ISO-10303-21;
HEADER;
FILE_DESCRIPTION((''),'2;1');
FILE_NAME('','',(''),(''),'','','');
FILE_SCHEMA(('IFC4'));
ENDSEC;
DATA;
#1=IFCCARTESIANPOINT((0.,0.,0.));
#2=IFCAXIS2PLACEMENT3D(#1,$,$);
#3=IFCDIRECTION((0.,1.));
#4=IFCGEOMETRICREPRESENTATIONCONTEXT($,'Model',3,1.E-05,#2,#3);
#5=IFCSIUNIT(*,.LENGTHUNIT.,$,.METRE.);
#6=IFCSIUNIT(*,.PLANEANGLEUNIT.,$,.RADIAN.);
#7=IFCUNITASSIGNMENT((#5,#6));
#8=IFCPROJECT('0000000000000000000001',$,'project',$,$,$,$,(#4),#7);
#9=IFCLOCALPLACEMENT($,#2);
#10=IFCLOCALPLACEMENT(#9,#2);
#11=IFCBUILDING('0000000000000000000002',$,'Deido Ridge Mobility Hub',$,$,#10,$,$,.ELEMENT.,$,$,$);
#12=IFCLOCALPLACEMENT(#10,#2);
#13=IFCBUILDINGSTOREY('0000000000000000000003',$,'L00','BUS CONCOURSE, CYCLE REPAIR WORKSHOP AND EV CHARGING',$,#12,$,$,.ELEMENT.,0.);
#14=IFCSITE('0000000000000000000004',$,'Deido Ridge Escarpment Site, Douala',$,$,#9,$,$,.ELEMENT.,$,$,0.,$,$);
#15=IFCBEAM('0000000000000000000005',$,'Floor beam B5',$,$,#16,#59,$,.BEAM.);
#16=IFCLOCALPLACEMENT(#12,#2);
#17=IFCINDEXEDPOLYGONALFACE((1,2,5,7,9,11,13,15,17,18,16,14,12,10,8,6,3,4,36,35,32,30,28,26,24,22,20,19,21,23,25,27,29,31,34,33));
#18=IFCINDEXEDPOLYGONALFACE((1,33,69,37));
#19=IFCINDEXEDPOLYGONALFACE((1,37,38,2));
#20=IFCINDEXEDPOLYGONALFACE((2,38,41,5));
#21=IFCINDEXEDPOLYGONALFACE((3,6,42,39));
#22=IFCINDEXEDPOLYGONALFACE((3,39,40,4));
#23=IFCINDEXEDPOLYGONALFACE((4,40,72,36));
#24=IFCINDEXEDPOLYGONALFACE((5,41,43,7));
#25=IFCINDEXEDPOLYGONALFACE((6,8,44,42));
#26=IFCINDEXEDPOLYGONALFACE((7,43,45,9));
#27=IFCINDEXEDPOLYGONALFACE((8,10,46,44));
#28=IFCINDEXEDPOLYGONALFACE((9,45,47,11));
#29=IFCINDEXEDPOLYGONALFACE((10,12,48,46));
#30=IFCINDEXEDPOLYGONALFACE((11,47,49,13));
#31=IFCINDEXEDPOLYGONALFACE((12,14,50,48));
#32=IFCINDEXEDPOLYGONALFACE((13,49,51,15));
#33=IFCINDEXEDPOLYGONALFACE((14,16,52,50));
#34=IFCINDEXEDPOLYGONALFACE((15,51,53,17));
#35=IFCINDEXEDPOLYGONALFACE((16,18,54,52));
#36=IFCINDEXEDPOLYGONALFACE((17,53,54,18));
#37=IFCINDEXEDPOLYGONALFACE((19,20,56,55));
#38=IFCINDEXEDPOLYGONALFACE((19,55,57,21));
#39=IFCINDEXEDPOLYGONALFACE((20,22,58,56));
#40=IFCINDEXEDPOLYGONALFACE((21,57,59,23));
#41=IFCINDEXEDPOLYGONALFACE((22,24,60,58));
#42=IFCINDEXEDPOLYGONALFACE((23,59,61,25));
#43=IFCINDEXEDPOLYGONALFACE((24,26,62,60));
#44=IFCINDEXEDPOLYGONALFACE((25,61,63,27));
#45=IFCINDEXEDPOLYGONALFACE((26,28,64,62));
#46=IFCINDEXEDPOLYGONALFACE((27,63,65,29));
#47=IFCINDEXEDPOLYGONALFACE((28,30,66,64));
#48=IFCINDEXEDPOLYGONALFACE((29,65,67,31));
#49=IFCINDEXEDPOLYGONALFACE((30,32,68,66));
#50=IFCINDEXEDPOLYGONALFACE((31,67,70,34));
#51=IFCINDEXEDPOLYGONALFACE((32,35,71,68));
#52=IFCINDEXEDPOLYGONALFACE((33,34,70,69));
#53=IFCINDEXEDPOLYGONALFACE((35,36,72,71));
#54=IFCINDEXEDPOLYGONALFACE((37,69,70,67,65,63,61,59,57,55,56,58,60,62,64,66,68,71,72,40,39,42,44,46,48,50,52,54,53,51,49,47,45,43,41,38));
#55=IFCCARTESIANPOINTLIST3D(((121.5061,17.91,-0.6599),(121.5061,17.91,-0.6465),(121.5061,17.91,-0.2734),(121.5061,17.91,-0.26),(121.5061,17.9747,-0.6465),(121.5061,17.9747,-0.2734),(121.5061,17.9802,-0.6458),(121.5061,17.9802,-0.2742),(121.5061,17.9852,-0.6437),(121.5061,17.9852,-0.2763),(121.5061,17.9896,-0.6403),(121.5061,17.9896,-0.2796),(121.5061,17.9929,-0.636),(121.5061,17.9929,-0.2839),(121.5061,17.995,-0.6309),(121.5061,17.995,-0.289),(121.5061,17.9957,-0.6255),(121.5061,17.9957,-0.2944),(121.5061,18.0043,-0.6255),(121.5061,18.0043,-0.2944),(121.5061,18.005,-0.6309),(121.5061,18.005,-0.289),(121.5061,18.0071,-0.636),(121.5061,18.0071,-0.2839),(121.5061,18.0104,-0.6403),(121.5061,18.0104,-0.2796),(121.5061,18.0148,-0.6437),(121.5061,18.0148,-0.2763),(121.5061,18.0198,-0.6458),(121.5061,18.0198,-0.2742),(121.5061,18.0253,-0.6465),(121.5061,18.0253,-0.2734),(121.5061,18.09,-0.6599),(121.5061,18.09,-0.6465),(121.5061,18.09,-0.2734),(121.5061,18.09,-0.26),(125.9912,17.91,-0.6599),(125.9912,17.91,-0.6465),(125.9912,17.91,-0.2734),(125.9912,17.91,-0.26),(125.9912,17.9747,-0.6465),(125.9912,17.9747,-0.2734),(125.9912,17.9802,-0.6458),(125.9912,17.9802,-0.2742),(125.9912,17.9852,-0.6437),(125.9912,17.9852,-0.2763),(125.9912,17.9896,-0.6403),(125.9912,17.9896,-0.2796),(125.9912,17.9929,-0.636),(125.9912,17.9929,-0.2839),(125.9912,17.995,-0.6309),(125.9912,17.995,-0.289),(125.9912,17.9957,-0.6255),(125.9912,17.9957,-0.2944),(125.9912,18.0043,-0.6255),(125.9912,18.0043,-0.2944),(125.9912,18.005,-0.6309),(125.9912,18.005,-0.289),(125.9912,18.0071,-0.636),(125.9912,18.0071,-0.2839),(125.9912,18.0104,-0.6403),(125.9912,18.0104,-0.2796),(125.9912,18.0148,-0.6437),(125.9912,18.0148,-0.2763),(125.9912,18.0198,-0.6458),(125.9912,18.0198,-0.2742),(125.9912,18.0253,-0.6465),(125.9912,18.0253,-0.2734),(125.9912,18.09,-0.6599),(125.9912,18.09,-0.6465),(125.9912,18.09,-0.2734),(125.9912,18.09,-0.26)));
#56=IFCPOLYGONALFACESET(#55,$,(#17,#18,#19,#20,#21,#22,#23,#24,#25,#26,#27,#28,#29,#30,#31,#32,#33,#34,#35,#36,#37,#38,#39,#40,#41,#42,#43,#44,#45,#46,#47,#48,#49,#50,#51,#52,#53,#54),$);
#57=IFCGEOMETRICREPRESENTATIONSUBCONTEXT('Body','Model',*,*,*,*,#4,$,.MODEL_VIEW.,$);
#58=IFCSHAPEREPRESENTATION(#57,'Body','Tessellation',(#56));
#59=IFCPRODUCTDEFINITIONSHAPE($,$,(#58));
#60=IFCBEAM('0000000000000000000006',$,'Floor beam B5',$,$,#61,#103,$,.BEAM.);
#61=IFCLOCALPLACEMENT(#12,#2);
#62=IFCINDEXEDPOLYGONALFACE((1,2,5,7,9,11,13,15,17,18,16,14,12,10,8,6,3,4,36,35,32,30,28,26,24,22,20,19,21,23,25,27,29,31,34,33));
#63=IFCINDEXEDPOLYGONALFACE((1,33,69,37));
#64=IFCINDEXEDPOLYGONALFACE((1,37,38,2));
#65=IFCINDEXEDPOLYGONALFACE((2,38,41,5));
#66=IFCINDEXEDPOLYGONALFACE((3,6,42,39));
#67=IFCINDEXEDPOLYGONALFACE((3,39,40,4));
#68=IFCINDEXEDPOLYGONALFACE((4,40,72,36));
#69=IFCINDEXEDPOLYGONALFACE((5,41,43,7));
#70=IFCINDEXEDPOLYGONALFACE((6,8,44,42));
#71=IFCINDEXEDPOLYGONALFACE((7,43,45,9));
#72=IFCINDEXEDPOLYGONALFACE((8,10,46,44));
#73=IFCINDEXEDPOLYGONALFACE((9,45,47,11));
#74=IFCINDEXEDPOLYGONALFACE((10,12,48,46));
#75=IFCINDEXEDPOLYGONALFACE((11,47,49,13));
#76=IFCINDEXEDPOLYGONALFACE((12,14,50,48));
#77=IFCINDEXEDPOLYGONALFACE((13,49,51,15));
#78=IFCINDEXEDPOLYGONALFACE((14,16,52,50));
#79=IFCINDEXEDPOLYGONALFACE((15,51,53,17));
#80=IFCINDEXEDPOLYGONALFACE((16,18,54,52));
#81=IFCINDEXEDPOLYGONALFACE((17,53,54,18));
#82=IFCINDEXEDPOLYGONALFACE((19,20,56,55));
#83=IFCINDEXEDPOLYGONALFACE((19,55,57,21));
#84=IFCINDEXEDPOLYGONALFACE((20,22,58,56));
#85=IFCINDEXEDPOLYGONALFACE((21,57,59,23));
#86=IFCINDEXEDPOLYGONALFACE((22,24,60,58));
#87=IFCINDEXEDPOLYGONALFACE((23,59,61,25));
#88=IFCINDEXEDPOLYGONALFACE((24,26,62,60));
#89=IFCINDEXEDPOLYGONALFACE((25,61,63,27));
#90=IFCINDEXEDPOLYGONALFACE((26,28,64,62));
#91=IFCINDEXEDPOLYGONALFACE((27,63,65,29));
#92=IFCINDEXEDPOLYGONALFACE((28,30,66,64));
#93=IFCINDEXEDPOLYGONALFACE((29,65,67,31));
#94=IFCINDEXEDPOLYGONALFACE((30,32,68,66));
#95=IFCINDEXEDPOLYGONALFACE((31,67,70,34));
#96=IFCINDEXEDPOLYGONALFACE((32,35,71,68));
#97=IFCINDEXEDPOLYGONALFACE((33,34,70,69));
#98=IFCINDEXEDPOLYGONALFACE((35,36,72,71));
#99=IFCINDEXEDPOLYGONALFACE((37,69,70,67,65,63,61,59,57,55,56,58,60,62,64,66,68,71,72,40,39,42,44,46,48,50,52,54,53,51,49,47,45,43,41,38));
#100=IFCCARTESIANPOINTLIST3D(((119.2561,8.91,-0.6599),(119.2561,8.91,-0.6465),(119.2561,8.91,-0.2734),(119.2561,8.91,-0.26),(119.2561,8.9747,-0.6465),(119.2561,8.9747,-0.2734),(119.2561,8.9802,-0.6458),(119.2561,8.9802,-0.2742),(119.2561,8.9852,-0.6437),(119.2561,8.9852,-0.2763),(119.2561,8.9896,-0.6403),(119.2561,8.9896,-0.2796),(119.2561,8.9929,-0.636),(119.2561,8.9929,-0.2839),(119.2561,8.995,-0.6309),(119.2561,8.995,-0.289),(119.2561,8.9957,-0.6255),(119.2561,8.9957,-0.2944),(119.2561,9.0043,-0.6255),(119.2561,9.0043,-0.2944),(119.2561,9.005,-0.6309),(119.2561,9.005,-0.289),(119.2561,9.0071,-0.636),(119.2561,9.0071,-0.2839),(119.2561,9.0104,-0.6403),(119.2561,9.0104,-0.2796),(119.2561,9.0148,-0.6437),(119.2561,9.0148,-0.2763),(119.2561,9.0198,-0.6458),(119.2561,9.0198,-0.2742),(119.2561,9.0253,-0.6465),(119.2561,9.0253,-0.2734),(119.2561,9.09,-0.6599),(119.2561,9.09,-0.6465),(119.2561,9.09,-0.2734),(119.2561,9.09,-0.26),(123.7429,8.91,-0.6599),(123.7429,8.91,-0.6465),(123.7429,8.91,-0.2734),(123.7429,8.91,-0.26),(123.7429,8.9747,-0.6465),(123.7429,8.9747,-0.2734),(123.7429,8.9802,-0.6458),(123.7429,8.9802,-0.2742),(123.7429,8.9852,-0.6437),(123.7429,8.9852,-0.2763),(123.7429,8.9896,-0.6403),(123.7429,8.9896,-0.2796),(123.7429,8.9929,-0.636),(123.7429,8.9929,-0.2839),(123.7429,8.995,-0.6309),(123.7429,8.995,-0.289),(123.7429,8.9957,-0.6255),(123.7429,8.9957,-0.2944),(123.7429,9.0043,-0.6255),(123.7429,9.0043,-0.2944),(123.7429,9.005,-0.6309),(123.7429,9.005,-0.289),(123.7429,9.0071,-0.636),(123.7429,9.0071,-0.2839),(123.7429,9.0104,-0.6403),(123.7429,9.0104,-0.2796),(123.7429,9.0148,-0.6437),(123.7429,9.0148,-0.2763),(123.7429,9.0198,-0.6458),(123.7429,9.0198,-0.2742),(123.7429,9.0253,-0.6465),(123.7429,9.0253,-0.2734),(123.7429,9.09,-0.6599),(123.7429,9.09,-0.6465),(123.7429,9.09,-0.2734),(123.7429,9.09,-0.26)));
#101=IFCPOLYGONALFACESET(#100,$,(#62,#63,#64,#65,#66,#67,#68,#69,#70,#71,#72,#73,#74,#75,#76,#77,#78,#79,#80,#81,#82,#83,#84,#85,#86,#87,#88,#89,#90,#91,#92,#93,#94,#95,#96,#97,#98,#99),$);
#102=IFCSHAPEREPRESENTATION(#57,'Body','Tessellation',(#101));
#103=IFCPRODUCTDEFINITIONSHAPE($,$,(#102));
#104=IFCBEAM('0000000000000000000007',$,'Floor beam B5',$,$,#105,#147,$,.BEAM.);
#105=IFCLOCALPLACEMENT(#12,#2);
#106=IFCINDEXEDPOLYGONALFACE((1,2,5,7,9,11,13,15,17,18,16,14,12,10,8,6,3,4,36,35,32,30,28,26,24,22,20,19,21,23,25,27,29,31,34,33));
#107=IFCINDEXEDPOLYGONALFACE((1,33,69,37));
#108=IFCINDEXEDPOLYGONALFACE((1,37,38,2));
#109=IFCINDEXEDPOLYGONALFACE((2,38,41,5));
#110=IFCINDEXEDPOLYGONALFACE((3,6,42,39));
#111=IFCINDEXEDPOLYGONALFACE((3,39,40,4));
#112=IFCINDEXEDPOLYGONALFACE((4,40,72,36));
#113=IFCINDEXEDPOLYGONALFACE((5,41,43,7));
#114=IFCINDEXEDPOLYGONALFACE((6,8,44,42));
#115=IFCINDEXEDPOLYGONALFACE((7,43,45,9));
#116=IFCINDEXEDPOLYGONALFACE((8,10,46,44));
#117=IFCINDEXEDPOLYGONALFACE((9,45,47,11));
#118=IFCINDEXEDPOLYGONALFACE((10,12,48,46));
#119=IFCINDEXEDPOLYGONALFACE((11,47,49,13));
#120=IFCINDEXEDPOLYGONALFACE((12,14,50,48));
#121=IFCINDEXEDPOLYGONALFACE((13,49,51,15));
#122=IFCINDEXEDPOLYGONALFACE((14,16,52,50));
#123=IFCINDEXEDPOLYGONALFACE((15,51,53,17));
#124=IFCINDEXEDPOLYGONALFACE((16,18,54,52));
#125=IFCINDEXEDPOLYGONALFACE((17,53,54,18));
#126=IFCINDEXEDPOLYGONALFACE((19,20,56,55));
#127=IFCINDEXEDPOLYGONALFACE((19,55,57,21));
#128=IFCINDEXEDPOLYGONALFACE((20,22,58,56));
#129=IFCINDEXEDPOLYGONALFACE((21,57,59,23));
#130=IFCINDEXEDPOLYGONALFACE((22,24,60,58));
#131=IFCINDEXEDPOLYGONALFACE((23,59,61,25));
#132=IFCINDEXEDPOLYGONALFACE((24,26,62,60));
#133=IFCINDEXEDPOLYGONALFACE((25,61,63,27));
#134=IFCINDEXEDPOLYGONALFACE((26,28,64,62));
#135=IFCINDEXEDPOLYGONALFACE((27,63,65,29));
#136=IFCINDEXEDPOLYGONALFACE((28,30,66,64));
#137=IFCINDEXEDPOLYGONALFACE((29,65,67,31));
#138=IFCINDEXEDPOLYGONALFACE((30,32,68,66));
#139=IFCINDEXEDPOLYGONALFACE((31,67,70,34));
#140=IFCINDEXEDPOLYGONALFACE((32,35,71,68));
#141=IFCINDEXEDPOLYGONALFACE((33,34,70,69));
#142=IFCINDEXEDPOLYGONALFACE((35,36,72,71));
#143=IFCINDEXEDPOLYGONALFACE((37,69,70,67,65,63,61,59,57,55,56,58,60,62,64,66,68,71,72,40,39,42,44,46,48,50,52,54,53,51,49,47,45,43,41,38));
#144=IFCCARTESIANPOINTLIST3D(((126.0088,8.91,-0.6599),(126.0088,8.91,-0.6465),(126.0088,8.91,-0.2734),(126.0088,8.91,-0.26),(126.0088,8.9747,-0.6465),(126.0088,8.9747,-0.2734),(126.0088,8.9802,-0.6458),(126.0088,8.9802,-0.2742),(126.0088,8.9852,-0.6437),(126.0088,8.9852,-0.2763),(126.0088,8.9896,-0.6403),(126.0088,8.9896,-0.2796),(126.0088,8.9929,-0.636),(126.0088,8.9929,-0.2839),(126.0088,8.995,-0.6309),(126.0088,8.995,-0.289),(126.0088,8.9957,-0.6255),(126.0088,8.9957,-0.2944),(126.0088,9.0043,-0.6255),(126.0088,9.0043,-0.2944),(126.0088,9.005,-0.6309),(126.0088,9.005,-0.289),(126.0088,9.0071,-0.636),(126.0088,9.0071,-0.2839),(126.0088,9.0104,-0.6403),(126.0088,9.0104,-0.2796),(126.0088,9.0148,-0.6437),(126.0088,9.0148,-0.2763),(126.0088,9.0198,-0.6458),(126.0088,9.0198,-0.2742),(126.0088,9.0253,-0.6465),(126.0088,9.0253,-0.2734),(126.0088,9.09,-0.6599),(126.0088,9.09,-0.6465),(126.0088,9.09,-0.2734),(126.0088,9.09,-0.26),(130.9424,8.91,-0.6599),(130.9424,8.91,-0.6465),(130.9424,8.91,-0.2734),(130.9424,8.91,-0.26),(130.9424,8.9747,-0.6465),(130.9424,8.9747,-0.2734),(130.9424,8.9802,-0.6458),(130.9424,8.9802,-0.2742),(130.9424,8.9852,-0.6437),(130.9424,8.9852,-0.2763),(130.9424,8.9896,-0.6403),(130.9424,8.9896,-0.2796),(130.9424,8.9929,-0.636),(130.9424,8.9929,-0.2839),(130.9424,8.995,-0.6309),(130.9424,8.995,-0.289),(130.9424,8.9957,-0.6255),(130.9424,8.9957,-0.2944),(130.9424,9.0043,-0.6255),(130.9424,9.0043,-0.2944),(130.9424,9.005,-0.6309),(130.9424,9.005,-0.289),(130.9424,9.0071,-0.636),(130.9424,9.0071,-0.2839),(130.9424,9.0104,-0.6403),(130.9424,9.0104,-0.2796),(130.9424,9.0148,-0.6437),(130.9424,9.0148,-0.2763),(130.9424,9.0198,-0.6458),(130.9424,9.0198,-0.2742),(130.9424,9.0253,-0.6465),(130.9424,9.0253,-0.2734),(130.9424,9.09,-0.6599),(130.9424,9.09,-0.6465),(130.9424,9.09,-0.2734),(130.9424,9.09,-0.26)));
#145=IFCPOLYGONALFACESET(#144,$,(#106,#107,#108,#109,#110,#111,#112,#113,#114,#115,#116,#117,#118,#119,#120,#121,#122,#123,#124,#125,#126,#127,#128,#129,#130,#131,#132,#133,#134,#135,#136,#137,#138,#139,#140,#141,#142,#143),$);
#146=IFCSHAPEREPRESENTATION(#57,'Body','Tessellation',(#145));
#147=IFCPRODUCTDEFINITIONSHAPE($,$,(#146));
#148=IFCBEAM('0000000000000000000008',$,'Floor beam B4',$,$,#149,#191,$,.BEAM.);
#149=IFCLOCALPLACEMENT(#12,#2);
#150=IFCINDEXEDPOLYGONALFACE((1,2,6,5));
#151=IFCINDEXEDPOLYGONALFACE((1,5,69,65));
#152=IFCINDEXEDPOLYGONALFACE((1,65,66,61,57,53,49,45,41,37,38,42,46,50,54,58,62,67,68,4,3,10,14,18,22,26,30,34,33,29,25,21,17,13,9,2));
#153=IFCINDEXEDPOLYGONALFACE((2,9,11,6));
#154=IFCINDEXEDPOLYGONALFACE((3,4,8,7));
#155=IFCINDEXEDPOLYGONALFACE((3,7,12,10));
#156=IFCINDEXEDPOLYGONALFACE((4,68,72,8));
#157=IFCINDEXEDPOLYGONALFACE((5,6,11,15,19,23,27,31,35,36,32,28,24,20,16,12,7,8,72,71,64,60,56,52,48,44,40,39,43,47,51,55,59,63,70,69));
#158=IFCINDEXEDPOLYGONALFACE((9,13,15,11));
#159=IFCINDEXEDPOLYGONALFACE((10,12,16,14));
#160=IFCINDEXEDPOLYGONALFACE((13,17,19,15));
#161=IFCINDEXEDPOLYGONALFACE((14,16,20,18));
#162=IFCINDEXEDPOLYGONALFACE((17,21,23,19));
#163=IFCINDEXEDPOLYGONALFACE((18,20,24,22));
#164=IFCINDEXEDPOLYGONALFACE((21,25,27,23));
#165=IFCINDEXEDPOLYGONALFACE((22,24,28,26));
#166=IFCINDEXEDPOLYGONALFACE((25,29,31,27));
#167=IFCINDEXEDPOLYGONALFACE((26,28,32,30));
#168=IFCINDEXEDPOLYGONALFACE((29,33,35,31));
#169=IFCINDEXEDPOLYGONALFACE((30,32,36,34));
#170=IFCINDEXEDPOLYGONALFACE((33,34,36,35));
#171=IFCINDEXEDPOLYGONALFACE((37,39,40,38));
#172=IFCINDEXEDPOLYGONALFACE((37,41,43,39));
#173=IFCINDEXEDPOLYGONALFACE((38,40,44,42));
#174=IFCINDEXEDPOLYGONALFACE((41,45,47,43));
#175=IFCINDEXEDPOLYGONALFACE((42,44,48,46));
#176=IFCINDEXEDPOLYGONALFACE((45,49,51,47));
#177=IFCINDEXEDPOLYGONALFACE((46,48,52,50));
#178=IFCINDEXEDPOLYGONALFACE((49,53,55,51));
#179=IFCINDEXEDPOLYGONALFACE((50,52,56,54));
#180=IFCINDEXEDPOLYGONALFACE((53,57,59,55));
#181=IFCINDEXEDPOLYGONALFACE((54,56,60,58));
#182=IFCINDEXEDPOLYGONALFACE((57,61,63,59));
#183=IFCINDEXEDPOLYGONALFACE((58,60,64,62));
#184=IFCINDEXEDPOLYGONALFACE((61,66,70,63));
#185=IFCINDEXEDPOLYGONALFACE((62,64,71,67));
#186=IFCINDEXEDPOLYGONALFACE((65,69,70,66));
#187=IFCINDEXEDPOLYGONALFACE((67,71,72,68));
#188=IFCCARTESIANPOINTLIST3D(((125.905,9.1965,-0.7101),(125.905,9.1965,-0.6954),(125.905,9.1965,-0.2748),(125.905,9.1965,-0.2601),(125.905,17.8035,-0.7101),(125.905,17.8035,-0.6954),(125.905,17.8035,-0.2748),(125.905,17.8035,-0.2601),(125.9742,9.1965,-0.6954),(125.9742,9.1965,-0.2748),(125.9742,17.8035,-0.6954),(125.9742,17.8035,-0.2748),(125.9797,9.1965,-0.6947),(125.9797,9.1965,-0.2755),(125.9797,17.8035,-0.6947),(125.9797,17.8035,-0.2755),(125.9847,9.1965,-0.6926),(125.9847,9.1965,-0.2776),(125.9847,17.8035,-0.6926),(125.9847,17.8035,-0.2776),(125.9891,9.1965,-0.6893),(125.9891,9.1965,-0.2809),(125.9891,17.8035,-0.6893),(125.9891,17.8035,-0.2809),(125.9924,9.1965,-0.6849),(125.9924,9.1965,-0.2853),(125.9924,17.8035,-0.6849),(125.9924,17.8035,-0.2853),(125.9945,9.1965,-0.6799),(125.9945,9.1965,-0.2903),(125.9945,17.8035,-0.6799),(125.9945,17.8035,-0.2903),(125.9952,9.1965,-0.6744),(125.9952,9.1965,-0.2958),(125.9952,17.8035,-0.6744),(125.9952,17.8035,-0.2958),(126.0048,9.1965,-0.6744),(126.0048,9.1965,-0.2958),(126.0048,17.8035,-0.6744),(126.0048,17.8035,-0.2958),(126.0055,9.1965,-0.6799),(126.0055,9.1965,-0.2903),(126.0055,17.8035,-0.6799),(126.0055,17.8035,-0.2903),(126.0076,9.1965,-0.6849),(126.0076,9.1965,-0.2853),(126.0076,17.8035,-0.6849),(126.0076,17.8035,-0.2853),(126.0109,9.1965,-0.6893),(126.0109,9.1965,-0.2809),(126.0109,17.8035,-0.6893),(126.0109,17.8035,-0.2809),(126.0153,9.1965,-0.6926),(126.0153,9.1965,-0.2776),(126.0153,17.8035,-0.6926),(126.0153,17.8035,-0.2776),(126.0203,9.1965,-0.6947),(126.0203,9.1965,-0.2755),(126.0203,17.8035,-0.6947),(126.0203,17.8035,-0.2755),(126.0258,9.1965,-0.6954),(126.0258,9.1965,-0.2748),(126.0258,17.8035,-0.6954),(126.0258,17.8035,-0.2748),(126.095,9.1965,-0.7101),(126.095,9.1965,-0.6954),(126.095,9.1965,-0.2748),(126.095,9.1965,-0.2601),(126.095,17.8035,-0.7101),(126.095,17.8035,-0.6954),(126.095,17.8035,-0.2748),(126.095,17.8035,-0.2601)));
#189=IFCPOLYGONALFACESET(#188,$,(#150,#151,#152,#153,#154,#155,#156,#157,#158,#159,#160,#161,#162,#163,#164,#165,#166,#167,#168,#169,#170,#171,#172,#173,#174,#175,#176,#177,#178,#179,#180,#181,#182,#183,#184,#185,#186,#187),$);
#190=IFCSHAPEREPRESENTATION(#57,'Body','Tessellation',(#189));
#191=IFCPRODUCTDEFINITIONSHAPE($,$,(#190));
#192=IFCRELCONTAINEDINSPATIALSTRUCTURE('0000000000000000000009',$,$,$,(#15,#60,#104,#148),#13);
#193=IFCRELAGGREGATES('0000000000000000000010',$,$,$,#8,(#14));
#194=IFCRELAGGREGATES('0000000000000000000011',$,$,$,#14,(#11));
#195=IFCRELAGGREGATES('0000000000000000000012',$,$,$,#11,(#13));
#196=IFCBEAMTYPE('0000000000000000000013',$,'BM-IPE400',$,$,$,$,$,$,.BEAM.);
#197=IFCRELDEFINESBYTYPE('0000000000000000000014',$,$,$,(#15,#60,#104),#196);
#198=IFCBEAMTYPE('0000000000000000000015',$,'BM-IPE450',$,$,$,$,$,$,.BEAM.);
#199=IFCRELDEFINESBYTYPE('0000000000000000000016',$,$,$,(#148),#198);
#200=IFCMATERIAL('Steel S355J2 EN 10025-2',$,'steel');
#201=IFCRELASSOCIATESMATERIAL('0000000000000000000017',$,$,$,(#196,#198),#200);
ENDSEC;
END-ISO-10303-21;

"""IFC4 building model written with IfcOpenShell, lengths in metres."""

from ifc_helpers import new_model, si_unit, direction, frame, origin, origin_2d, place, context, subcontext, project, spatial, i_section, extrude, material, material_profile, profile_set, type_object, element, save


model = new_model("IFC4")

# Units and contexts
model_context = context("Model", 3, precision=1e-05, world=origin(), true_north=direction((0.0, 1.0)))
body_context = subcontext(model_context, "Body", "Model", "MODEL_VIEW")
ifc_project = project(units=[si_unit("LENGTHUNIT", "METRE"), si_unit("PLANEANGLEUNIT", "RADIAN")], contexts=[model_context])

# Site, building, storey
site_placement = place(None, origin())
site = spatial("IfcSite", under=ifc_project, at=site_placement, Name="Deido Ridge Escarpment Site, Douala", CompositionType="ELEMENT", RefElevation=0.0)
building_placement = place(site_placement, origin())
building = spatial("IfcBuilding", under=site, at=building_placement, Name="Deido Ridge Mobility Hub", CompositionType="ELEMENT")
storey_placement = place(building_placement, origin())
storey = spatial("IfcBuildingStorey", under=building, at=storey_placement, Name="L00", Description="BUS CONCOURSE, CYCLE REPAIR WORKSHOP AND EV CHARGING", CompositionType="ELEMENT", Elevation=0.0)

# Shared definitions
ifc_material_1 = material(Name="Steel S355J2 EN 10025-2", Category="steel")

# Beams
ifc_material_profile_1 = material_profile(ifc_material_1, i_section(OverallWidth=0.1799, OverallDepth=0.3999, WebThickness=0.0085, FlangeThickness=0.0134, FilletRadius=0.021, at=origin_2d()), Name="IPE 400")
ifc_profile_set_1 = profile_set([ifc_material_profile_1], Name="Steel S355J2 EN 10025-2")
beam_type_1 = type_object("IfcBeamType", Name="BM-IPE400", PredefinedType="BEAM", material=ifc_profile_set_1)
beam_1_placement = place(storey_placement, frame((121.5061, 18.0, -0.46), z_axis=(1.0, 0.0, 0.0), x_axis=(0.0, 1.0, 0.0)))
element("IfcBeam", 1, at=beam_1_placement, inside=storey, type_object=beam_type_1, Name="Floor beam B5", PredefinedType="BEAM", context=body_context, shape_type="SweptSolid", body=[
    extrude(i_section(OverallWidth=0.1799, OverallDepth=0.3999, WebThickness=0.0085, FlangeThickness=0.0134, FilletRadius=0.021, at=origin_2d()), origin(), (0.0, 0.0, 1.0), 4.4851),
])
beam_2_placement = place(storey_placement, frame((119.2561, 9.0, -0.46), z_axis=(1.0, 0.0, 0.0), x_axis=(0.0, 1.0, 0.0)))
element("IfcBeam", 2, at=beam_2_placement, inside=storey, type_object=beam_type_1, Name="Floor beam B5", PredefinedType="BEAM", context=body_context, shape_type="SweptSolid", body=[
    extrude(i_section(OverallWidth=0.1799, OverallDepth=0.3999, WebThickness=0.0085, FlangeThickness=0.0134, FilletRadius=0.021, at=origin_2d()), origin(), (0.0, 0.0, 1.0), 4.4868),
])
beam_3_placement = place(storey_placement, frame((126.0088, 9.0, -0.46), z_axis=(1.0, 0.0, 0.0), x_axis=(0.0, 1.0, 0.0)))
element("IfcBeam", 3, at=beam_3_placement, inside=storey, type_object=beam_type_1, Name="Floor beam B5", PredefinedType="BEAM", context=body_context, shape_type="SweptSolid", body=[
    extrude(i_section(OverallWidth=0.1799, OverallDepth=0.3999, WebThickness=0.0085, FlangeThickness=0.0134, FilletRadius=0.021, at=origin_2d()), origin(), (0.0, 0.0, 1.0), 4.9336),
])
ifc_material_profile_2 = material_profile(ifc_material_1, i_section(OverallWidth=0.1899, OverallDepth=0.45, WebThickness=0.0095, FlangeThickness=0.0146, FilletRadius=0.021, at=origin_2d()), Name="IPE 450")
ifc_profile_set_2 = profile_set([ifc_material_profile_2], Name="Steel S355J2 EN 10025-2")
beam_type_2 = type_object("IfcBeamType", Name="BM-IPE450", PredefinedType="BEAM", material=ifc_profile_set_2)
beam_4_placement = place(storey_placement, frame((126.0, 9.1965, -0.4851), z_axis=(0.0, 1.0, 0.0), x_axis=(-1.0, 0.0, 0.0)))
element("IfcBeam", 4, at=beam_4_placement, inside=storey, type_object=beam_type_2, Name="Floor beam B4", PredefinedType="BEAM", context=body_context, shape_type="SweptSolid", body=[
    extrude(i_section(OverallWidth=0.1899, OverallDepth=0.45, WebThickness=0.0095, FlangeThickness=0.0146, FilletRadius=0.021, at=origin_2d()), origin(), (0.0, 0.0, 1.0), 8.6069),
])

save(model, "model.ifc")
